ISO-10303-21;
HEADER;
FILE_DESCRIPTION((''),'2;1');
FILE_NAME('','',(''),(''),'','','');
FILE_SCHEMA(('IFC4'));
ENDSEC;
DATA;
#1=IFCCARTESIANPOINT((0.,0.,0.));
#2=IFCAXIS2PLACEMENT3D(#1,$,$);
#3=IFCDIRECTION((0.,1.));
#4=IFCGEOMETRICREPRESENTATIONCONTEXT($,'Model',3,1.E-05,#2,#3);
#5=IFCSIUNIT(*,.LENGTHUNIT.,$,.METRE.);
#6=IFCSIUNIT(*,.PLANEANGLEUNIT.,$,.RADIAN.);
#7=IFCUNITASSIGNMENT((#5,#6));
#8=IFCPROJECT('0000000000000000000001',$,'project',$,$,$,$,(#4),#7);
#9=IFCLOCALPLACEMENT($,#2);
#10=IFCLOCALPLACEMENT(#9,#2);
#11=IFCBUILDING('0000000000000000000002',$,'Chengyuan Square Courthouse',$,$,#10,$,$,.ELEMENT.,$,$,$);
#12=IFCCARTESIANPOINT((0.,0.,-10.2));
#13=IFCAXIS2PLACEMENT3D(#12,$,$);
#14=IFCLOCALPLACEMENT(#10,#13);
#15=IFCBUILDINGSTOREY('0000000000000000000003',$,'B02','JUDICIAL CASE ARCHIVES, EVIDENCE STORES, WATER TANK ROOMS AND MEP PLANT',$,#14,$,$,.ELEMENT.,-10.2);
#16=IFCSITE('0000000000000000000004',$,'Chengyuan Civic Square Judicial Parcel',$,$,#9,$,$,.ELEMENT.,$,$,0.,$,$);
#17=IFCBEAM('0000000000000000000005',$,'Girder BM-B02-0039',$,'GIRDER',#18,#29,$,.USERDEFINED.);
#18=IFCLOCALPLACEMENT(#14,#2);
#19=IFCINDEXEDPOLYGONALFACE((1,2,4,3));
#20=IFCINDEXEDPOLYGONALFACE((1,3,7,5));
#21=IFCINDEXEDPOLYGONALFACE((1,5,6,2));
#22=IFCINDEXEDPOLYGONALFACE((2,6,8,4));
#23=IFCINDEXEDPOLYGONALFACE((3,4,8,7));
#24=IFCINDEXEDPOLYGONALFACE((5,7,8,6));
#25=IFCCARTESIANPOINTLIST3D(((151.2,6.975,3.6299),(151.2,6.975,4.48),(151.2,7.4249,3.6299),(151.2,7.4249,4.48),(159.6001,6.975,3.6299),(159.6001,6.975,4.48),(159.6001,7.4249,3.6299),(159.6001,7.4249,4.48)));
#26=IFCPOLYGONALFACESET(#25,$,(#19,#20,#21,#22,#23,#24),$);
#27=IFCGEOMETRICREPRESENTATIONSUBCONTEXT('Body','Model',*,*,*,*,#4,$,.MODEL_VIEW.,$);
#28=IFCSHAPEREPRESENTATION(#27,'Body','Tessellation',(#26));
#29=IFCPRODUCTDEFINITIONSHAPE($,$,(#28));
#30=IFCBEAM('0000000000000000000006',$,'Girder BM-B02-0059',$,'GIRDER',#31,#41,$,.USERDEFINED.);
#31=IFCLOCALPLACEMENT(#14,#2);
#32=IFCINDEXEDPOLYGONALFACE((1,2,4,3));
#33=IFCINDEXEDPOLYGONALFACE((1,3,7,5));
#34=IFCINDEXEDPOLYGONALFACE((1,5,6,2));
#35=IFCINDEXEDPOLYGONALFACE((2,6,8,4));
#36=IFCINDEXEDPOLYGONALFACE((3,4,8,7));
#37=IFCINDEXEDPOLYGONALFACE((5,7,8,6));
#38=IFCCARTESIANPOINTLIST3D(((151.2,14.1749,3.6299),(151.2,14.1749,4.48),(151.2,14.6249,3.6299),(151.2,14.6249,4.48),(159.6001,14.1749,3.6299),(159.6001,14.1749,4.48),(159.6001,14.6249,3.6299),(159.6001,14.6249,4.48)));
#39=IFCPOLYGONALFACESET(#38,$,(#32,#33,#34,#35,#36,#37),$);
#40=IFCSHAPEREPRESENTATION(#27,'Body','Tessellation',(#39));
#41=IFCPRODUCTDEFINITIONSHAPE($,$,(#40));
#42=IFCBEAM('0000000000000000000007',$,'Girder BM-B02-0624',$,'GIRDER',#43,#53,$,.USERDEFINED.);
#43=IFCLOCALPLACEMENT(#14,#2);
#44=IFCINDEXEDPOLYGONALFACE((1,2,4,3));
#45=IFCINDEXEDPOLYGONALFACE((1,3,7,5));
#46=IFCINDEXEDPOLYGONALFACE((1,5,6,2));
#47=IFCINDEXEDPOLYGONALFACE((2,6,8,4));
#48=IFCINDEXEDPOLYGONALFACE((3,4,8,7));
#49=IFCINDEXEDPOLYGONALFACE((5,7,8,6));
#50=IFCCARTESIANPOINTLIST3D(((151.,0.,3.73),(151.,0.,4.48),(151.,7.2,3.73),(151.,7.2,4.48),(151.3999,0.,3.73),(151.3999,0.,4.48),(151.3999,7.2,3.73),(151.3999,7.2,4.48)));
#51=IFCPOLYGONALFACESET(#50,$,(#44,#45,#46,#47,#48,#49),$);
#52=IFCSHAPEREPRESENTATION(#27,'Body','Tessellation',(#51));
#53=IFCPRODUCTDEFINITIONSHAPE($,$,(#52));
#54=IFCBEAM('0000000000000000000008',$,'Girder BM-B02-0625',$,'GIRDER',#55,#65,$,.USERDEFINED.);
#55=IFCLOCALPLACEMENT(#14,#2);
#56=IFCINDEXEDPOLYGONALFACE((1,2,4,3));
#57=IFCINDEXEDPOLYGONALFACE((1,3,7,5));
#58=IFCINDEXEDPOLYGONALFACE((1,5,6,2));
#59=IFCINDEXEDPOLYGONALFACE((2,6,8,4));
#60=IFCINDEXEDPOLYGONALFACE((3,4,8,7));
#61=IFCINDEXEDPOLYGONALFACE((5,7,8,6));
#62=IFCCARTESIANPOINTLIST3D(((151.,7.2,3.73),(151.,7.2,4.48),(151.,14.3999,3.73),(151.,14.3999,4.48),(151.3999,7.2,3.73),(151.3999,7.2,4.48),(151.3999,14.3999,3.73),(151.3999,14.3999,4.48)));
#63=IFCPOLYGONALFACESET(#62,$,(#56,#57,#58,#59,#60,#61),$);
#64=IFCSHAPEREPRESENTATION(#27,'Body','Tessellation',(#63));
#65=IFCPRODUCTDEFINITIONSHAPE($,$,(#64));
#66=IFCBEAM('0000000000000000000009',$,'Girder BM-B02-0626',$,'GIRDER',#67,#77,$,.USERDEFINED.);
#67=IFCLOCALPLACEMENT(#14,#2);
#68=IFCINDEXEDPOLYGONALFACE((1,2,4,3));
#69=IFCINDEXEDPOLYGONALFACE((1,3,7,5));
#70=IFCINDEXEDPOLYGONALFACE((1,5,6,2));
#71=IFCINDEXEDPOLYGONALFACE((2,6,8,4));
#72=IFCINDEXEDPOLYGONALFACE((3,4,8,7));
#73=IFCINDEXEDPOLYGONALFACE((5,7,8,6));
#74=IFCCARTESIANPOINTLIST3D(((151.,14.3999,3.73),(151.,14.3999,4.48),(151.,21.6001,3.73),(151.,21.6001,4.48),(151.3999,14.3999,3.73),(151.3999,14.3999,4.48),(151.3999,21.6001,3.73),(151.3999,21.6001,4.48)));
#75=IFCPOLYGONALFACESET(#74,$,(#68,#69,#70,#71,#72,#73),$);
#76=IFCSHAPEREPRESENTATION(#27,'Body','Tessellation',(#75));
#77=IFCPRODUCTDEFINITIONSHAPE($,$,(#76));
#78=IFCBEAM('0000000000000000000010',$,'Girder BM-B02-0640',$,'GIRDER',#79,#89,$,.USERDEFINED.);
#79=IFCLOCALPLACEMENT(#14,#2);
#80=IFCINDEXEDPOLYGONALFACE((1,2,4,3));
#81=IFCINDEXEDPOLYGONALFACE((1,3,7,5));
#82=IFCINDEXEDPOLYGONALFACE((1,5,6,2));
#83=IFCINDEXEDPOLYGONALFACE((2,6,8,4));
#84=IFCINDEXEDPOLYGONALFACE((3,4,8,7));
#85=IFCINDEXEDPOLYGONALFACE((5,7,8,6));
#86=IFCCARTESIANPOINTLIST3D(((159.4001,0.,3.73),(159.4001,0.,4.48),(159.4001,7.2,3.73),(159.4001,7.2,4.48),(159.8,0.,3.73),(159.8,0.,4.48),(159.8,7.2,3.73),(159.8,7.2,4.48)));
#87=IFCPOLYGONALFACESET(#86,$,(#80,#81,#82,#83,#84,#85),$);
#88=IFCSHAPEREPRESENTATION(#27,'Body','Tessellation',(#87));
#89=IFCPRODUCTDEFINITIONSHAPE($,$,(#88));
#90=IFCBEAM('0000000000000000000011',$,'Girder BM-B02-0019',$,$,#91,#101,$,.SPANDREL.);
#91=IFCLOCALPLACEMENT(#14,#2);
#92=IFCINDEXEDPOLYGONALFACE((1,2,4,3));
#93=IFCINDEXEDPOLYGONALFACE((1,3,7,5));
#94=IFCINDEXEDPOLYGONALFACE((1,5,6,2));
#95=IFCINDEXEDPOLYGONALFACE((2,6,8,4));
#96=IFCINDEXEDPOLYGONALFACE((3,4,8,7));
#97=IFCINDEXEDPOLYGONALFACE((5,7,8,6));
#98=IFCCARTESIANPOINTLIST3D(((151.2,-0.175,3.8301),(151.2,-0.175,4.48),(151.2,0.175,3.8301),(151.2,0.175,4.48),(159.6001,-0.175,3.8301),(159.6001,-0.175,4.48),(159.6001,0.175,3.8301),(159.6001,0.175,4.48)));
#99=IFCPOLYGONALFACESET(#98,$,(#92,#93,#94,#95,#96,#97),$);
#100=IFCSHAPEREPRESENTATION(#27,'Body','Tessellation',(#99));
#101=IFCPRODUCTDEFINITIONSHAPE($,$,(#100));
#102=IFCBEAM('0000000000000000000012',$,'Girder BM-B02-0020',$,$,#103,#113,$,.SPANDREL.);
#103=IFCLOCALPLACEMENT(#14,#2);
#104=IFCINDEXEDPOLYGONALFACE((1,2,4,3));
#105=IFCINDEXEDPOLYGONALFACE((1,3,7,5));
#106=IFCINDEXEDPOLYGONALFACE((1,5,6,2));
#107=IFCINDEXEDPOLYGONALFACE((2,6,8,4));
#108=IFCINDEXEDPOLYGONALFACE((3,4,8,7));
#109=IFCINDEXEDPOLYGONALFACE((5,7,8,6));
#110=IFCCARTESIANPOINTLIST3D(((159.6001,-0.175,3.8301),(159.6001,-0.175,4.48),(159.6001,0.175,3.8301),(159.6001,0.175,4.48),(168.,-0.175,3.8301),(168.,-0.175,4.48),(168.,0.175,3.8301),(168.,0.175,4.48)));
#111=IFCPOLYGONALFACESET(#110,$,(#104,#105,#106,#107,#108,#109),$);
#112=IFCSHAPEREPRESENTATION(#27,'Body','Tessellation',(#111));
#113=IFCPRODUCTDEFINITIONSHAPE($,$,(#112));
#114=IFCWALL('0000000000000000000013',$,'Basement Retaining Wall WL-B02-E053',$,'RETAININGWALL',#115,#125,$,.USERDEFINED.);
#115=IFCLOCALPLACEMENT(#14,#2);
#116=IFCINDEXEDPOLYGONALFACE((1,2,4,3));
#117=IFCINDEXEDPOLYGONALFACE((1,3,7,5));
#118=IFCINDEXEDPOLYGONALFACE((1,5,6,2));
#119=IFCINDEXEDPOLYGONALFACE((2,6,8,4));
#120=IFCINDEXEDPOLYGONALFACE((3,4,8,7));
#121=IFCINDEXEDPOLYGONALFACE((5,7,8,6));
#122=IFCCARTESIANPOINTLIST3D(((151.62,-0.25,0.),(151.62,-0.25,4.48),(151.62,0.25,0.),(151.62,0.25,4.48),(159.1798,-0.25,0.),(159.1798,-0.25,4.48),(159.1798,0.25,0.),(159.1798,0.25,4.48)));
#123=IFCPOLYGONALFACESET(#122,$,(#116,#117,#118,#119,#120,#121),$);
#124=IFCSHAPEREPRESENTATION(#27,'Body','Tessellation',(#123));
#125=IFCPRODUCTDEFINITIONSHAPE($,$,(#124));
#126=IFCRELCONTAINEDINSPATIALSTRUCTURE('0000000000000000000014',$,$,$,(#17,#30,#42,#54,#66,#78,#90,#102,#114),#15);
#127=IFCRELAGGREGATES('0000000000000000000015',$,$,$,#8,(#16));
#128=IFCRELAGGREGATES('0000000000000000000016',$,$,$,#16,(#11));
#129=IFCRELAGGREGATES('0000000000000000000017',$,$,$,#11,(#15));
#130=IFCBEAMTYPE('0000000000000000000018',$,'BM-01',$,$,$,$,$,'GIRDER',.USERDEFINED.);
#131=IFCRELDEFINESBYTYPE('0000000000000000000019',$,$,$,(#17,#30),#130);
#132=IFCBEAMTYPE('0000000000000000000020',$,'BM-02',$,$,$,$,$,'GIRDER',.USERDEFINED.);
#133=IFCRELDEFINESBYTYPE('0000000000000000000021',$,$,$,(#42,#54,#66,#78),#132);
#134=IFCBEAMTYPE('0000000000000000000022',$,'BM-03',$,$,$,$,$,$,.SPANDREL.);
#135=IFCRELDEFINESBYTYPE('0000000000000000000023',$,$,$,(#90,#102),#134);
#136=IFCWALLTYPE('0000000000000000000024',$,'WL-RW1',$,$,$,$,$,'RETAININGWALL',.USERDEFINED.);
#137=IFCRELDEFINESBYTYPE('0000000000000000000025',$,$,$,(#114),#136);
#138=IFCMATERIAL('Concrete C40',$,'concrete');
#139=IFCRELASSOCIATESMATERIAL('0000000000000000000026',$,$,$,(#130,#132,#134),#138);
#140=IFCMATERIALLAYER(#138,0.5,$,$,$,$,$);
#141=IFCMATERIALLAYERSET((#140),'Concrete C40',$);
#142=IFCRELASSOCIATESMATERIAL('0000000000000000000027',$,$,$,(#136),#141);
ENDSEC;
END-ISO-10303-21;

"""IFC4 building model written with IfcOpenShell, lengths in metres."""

from ifc_helpers import new_model, si_unit, direction, frame, frame_2d, origin, origin_2d, place, context, subcontext, project, spatial, rectangle, extrude, material, layer, layer_set, material_profile, profile_set, type_object, element, save


model = new_model("IFC4")

# Units and contexts
model_context = context("Model", 3, precision=1e-05, world=origin(), true_north=direction((0.0, 1.0)))
body_context = subcontext(model_context, "Body", "Model", "MODEL_VIEW")
ifc_project = project(units=[si_unit("LENGTHUNIT", "METRE"), si_unit("PLANEANGLEUNIT", "RADIAN")], contexts=[model_context])

# Site, building, storey
site_placement = place(None, origin())
site = spatial("IfcSite", under=ifc_project, at=site_placement, Name="Chengyuan Civic Square Judicial Parcel", CompositionType="ELEMENT", RefElevation=0.0)
building_placement = place(site_placement, origin())
building = spatial("IfcBuilding", under=site, at=building_placement, Name="Chengyuan Square Courthouse", CompositionType="ELEMENT")
storey_placement = place(building_placement, frame((0.0, 0.0, -10.2)))
storey = spatial("IfcBuildingStorey", under=building, at=storey_placement, Name="B02", Description="JUDICIAL CASE ARCHIVES, EVIDENCE STORES, WATER TANK ROOMS AND MEP PLANT", CompositionType="ELEMENT", Elevation=-10.2)

# Shared definitions
ifc_material_1 = material(Name="Concrete C40", Category="concrete")

# Beams
ifc_material_profile_1 = material_profile(ifc_material_1, rectangle(XDim=0.45, YDim=0.8501, at=origin_2d()), Name="RC-BM-450x850")
ifc_profile_set_1 = profile_set([ifc_material_profile_1], Name="Concrete C40")
beam_type_1 = type_object("IfcBeamType", Name="BM-01", ElementType="GIRDER", PredefinedType="USERDEFINED", material=ifc_profile_set_1)
for number, where, z_axis, x_axis, name in (
    (1, (151.2, 7.2, 4.0549), (1.0, 0.0, 0.0), (0.0, 1.0, 0.0), "Girder BM-B02-0039"),
    (2, (151.2, 14.3999, 4.0549), (1.0, 0.0, 0.0), (0.0, 1.0, 0.0), "Girder BM-B02-0059"),
):
    element("IfcBeam", number, at=place(storey_placement, frame(where, z_axis=z_axis, x_axis=x_axis)), inside=storey, type_object=beam_type_1, Name=name, ObjectType="GIRDER", PredefinedType="USERDEFINED", context=body_context, shape_type="SweptSolid", body=[
        extrude(rectangle(XDim=0.45, YDim=0.8501, at=origin_2d()), origin(), (0.0, 0.0, 1.0), 8.4001),
    ])
ifc_material_profile_2 = material_profile(ifc_material_1, rectangle(XDim=0.3999, YDim=0.75, at=origin_2d()), Name="RC-BM-400x750")
ifc_profile_set_2 = profile_set([ifc_material_profile_2], Name="Concrete C40")
beam_type_2 = type_object("IfcBeamType", Name="BM-02", ElementType="GIRDER", PredefinedType="USERDEFINED", material=ifc_profile_set_2)
for number, where, z_axis, x_axis, name in (
    (3, (151.2, 0.0, 4.105), (0.0, 1.0, 0.0), (-1.0, 0.0, 0.0), "Girder BM-B02-0624"),
    (4, (151.2, 7.2, 4.105), (0.0, 1.0, 0.0), (-1.0, 0.0, 0.0), "Girder BM-B02-0625"),
):
    element("IfcBeam", number, at=place(storey_placement, frame(where, z_axis=z_axis, x_axis=x_axis)), inside=storey, type_object=beam_type_2, Name=name, ObjectType="GIRDER", PredefinedType="USERDEFINED", context=body_context, shape_type="SweptSolid", body=[
        extrude(rectangle(XDim=0.3999, YDim=0.75, at=origin_2d()), origin(), (0.0, 0.0, 1.0), 7.2),
    ])
beam_1_placement = place(storey_placement, frame((151.2, 14.3999, 4.105), z_axis=(0.0, 1.0, 0.0), x_axis=(-1.0, 0.0, 0.0)))
element("IfcBeam", 5, at=beam_1_placement, inside=storey, type_object=beam_type_2, Name="Girder BM-B02-0626", ObjectType="GIRDER", PredefinedType="USERDEFINED", context=body_context, shape_type="SweptSolid", body=[
    extrude(rectangle(XDim=0.3999, YDim=0.75, at=origin_2d()), origin(), (0.0, 0.0, 1.0), 7.2002),
])
beam_2_placement = place(storey_placement, frame((159.6001, 0.0, 4.105), z_axis=(0.0, 1.0, 0.0), x_axis=(-1.0, 0.0, 0.0)))
element("IfcBeam", 6, at=beam_2_placement, inside=storey, type_object=beam_type_2, Name="Girder BM-B02-0640", ObjectType="GIRDER", PredefinedType="USERDEFINED", context=body_context, shape_type="SweptSolid", body=[
    extrude(rectangle(XDim=0.3999, YDim=0.75, at=origin_2d()), origin(), (0.0, 0.0, 1.0), 7.2),
])
ifc_material_profile_3 = material_profile(ifc_material_1, rectangle(XDim=0.3501, YDim=0.6499, at=origin_2d()), Name="RC-BM-350x650")
ifc_profile_set_3 = profile_set([ifc_material_profile_3], Name="Concrete C40")
beam_type_3 = type_object("IfcBeamType", Name="BM-03", PredefinedType="SPANDREL", material=ifc_profile_set_3)
beam_3_placement = place(storey_placement, frame((151.2, 0.0, 4.155), z_axis=(1.0, 0.0, 0.0), x_axis=(0.0, 1.0, 0.0)))
element("IfcBeam", 7, at=beam_3_placement, inside=storey, type_object=beam_type_3, Name="Girder BM-B02-0019", PredefinedType="SPANDREL", context=body_context, shape_type="SweptSolid", body=[
    extrude(rectangle(XDim=0.3501, YDim=0.6499, at=origin_2d()), origin(), (0.0, 0.0, 1.0), 8.4001),
])
beam_4_placement = place(storey_placement, frame((159.6001, 0.0, 4.155), z_axis=(1.0, 0.0, 0.0), x_axis=(0.0, 1.0, 0.0)))
element("IfcBeam", 8, at=beam_4_placement, inside=storey, type_object=beam_type_3, Name="Girder BM-B02-0020", PredefinedType="SPANDREL", context=body_context, shape_type="SweptSolid", body=[
    extrude(rectangle(XDim=0.3501, YDim=0.6499, at=origin_2d()), origin(), (0.0, 0.0, 1.0), 8.3999),
])

# Wall
ifc_layer = layer(ifc_material_1, 0.5)
ifc_layer_set = layer_set([ifc_layer], Name="Concrete C40")
wall_type = type_object("IfcWallType", Name="WL-RW1", ElementType="RETAININGWALL", PredefinedType="USERDEFINED", material=ifc_layer_set)
wall_placement = place(storey_placement, frame((151.6201, 0.0, 0.0), z_axis=(0.0, 0.0, 1.0), x_axis=(1.0, 0.0, 0.0)))
element("IfcWall", 9, at=wall_placement, inside=storey, type_object=wall_type, Name="Basement Retaining Wall WL-B02-E053", ObjectType="RETAININGWALL", PredefinedType="USERDEFINED", context=body_context, shape_type="SweptSolid", body=[
    extrude(rectangle(XDim=7.5598, YDim=0.5, at=frame_2d((3.7798, 0.0))), origin(), (0.0, 0.0, 1.0), 4.48),
])

save(model, "model.ifc")
